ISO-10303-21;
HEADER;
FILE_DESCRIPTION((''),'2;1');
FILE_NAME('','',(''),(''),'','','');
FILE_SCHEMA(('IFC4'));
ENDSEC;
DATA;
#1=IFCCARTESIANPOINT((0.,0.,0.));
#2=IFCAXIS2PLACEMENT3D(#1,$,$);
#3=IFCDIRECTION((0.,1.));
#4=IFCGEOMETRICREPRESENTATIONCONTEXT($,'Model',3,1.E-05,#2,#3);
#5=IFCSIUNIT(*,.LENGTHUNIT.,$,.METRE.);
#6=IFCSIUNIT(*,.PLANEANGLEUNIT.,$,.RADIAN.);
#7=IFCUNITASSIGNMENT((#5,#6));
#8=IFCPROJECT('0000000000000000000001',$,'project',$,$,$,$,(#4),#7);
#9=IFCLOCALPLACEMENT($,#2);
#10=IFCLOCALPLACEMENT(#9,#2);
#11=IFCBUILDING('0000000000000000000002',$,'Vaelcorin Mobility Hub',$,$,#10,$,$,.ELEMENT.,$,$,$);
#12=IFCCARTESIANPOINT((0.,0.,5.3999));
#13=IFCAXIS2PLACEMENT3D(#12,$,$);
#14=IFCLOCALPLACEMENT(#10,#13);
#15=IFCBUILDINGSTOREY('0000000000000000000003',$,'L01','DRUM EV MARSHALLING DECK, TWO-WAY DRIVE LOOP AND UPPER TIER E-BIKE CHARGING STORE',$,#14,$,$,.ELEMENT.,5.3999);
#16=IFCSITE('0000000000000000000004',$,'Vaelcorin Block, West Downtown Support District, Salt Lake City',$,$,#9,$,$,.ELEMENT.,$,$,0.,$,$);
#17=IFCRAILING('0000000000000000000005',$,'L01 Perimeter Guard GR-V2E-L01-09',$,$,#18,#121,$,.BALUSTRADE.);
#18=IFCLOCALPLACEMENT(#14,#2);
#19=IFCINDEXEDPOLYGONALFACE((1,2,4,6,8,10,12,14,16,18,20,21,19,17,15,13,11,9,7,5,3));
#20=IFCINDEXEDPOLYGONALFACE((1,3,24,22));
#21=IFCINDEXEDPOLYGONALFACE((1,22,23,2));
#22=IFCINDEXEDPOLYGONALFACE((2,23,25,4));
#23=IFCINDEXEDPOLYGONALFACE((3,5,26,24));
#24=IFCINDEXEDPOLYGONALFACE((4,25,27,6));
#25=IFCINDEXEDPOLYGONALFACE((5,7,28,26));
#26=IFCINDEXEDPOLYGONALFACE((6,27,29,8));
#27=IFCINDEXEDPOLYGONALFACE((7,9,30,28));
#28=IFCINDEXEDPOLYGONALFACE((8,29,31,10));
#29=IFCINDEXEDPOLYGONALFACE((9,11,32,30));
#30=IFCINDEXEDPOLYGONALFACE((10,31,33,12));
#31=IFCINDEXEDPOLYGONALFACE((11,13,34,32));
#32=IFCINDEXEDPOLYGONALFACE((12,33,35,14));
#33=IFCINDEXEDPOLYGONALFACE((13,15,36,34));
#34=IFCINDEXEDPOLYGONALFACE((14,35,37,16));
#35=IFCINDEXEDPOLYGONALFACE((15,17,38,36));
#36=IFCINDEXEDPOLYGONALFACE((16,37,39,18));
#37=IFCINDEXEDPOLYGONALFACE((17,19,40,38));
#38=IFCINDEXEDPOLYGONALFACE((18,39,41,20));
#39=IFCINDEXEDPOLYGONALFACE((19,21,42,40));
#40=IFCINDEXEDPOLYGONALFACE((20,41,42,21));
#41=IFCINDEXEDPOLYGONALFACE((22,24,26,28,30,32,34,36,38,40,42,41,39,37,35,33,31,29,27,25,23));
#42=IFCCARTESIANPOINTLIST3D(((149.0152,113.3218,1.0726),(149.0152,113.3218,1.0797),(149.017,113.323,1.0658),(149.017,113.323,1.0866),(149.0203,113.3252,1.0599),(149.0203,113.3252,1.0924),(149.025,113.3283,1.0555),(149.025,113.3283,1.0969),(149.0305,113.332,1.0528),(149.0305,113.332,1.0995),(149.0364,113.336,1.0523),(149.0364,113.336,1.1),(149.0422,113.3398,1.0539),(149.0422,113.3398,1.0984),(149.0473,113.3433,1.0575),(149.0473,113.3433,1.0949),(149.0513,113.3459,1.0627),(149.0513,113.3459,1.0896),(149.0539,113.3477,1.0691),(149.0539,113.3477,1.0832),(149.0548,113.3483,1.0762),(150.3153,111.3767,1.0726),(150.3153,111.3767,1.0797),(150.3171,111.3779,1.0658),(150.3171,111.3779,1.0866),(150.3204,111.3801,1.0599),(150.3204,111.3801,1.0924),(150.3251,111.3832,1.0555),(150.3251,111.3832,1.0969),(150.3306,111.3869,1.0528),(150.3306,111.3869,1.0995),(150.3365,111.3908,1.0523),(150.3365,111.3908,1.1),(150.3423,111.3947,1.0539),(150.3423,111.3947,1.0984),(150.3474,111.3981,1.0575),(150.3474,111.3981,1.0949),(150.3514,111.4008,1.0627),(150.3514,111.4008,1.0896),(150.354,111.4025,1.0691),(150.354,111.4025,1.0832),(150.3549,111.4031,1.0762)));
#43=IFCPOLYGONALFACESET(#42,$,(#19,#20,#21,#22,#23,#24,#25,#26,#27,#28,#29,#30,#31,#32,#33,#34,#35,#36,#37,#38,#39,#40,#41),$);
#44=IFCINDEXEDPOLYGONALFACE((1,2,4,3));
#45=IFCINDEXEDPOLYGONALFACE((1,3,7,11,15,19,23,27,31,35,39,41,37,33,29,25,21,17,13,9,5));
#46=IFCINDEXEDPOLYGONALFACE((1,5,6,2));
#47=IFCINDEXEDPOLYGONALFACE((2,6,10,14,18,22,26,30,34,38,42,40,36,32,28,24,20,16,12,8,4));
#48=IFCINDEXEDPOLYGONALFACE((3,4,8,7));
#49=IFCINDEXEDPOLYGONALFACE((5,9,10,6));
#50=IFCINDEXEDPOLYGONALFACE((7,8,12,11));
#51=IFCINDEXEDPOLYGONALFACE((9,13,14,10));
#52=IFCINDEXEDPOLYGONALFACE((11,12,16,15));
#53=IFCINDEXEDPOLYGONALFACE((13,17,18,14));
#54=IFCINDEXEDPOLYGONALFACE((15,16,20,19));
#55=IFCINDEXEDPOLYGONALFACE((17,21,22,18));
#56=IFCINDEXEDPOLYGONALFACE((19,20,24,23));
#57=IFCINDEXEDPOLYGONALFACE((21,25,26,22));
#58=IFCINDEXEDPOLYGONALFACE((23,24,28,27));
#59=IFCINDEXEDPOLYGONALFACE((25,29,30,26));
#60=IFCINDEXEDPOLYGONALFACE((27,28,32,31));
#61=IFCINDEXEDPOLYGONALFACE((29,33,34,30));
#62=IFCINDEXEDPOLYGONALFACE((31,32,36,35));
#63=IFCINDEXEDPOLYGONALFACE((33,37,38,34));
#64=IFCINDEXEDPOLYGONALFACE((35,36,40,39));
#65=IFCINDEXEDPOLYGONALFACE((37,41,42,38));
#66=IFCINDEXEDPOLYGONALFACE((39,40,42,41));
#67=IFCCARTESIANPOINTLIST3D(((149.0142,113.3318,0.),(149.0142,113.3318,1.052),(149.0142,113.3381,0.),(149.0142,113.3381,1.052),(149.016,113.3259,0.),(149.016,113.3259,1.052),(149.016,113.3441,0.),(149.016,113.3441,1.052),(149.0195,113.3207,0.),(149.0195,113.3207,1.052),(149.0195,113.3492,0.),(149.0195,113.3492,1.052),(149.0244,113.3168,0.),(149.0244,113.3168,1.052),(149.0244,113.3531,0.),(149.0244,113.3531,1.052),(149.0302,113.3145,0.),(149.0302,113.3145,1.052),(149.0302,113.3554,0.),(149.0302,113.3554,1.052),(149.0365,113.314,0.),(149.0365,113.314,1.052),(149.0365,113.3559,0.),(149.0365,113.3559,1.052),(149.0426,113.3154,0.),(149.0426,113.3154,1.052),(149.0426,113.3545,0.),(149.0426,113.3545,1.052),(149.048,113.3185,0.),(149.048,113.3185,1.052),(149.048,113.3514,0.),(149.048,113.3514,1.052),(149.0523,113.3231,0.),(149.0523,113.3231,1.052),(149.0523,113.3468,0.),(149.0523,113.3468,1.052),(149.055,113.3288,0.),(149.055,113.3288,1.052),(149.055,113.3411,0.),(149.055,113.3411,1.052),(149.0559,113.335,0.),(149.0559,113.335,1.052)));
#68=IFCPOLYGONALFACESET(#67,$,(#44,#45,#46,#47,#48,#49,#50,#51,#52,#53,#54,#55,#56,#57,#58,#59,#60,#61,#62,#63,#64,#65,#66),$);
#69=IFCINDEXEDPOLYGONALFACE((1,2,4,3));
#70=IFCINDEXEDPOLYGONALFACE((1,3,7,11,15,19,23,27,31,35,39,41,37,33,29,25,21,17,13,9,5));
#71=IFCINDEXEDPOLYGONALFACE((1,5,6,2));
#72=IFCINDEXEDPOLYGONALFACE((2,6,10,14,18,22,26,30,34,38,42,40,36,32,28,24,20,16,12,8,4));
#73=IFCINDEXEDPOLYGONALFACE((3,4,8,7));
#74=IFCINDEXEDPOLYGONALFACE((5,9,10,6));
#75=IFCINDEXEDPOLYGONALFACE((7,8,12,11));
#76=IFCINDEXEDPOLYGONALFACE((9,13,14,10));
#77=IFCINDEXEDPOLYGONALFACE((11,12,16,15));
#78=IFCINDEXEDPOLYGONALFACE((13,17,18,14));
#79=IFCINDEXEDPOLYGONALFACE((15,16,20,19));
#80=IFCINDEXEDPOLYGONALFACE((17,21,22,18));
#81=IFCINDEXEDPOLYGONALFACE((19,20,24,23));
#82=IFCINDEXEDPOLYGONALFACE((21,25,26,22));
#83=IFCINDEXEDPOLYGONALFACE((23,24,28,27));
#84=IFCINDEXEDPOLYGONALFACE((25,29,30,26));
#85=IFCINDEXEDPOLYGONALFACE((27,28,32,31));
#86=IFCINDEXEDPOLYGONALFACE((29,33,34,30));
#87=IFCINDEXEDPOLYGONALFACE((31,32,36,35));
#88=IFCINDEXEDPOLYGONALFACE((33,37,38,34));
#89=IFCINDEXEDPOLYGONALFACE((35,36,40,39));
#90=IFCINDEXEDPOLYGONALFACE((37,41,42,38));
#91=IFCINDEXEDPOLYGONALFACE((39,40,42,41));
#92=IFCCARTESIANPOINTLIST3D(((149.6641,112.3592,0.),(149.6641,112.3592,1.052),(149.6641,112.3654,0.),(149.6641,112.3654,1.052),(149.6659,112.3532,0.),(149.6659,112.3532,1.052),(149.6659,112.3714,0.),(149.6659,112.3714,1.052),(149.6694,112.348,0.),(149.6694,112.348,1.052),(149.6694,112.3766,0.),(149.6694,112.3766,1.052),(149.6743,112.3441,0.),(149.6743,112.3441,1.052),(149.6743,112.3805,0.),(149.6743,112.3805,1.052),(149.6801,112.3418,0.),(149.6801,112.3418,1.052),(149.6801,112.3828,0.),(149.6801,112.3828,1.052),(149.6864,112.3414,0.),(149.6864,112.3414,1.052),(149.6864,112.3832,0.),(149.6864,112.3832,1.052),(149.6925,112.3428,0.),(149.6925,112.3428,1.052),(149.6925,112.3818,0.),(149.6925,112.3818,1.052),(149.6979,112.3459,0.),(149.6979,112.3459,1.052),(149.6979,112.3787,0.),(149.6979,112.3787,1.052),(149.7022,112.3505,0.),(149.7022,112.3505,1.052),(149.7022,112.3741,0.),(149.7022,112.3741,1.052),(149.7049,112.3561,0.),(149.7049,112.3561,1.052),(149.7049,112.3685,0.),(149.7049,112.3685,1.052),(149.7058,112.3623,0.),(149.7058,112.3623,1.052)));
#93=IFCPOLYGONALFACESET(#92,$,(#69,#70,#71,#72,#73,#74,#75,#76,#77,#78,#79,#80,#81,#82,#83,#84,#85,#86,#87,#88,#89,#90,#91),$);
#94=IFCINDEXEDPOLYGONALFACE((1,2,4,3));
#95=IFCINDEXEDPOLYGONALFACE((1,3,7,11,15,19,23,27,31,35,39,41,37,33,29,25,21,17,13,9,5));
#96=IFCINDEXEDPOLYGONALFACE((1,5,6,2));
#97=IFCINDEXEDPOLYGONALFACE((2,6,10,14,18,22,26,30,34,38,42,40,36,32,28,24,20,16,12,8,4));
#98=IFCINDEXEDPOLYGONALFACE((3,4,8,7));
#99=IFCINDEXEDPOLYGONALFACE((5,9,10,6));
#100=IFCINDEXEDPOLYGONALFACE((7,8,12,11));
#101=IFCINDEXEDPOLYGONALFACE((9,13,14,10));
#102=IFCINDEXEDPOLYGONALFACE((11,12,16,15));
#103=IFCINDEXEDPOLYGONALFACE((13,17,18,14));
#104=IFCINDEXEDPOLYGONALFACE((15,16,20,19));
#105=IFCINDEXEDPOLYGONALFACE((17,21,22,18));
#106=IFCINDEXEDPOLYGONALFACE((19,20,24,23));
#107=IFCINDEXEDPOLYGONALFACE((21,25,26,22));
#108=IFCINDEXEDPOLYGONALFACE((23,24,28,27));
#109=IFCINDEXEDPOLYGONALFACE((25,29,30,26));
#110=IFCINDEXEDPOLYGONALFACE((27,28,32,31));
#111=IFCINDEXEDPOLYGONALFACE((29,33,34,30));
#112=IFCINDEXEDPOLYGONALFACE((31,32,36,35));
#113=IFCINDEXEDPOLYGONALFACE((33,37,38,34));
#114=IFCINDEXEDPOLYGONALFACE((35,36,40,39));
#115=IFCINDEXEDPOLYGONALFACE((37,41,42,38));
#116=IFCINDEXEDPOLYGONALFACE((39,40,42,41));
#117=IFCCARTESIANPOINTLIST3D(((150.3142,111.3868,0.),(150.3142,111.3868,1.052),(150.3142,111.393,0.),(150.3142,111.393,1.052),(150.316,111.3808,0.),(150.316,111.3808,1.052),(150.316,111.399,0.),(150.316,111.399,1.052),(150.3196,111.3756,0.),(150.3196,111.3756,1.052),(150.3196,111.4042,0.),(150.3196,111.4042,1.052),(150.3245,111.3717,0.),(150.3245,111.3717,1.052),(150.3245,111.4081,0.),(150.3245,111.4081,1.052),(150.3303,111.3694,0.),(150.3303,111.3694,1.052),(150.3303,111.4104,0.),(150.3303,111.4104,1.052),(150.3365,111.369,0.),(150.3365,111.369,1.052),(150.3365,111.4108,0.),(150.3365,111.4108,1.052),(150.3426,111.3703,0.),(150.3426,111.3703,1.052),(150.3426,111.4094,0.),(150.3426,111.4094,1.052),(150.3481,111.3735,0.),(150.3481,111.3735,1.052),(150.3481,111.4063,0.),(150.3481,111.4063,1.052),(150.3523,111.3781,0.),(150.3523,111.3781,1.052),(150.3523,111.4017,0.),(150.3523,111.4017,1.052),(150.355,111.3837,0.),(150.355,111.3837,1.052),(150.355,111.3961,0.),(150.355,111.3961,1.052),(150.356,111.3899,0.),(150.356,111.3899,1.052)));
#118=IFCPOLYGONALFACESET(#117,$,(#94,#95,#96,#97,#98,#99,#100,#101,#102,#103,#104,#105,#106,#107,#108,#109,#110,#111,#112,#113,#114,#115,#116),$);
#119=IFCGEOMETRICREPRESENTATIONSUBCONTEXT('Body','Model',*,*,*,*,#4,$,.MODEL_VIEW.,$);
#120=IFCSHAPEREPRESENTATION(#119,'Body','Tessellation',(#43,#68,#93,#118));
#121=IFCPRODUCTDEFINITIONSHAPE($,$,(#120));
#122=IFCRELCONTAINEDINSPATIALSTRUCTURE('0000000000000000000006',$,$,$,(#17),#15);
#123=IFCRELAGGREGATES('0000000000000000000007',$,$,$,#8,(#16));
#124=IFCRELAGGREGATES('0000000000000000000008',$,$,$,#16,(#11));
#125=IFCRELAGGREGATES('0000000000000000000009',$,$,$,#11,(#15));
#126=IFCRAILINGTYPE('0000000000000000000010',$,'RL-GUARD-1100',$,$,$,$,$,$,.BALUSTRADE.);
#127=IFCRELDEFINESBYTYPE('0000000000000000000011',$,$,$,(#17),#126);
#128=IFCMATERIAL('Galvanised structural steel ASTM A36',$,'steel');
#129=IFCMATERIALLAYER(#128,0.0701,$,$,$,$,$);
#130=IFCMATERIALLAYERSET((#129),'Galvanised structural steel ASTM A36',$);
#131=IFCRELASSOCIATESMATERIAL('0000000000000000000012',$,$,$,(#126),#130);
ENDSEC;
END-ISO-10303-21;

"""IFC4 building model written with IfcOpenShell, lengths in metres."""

from ifc_helpers import new_model, si_unit, direction, frame, origin, origin_2d, place, context, subcontext, project, spatial, circle, extrude, material, layer, layer_set, type_object, element, save


model = new_model("IFC4")

# Units and contexts
model_context = context("Model", 3, precision=1e-05, world=origin(), true_north=direction((0.0, 1.0)))
body_context = subcontext(model_context, "Body", "Model", "MODEL_VIEW")
ifc_project = project(units=[si_unit("LENGTHUNIT", "METRE"), si_unit("PLANEANGLEUNIT", "RADIAN")], contexts=[model_context])

# Site, building, storey
site_placement = place(None, origin())
site = spatial("IfcSite", under=ifc_project, at=site_placement, Name="Vaelcorin Block, West Downtown Support District, Salt Lake City", CompositionType="ELEMENT", RefElevation=0.0)
building_placement = place(site_placement, origin())
building = spatial("IfcBuilding", under=site, at=building_placement, Name="Vaelcorin Mobility Hub", CompositionType="ELEMENT")
storey_placement = place(building_placement, frame((0.0, 0.0, 5.3999)))
storey = spatial("IfcBuildingStorey", under=building, at=storey_placement, Name="L01", Description="DRUM EV MARSHALLING DECK, TWO-WAY DRIVE LOOP AND UPPER TIER E-BIKE CHARGING STORE", CompositionType="ELEMENT", Elevation=5.3999)

# Railing
ifc_material_1 = material(Name="Galvanised structural steel ASTM A36", Category="steel")
ifc_layer_1 = layer(ifc_material_1, 0.0701)
ifc_layer_set_1 = layer_set([ifc_layer_1], Name="Galvanised structural steel ASTM A36")
railing_type = type_object("IfcRailingType", Name="RL-GUARD-1100", PredefinedType="BALUSTRADE", material=ifc_layer_set_1)
railing_1_placement = place(storey_placement, frame((149.0349, 113.335, 0.0)))
element("IfcRailing", 1, at=railing_1_placement, inside=storey, type_object=railing_type, Name="L01 Perimeter Guard GR-V2E-L01-09", PredefinedType="BALUSTRADE", context=body_context, shape_type="SweptSolid", body=[
    extrude(circle(Radius=0.0239, at=origin_2d()), frame((0.0, 0.0, 1.0762), z_axis=(0.555687, -0.831391, 0.0), x_axis=(0.831391, 0.555687, 0.0)), (0.0, 0.0, 1.0), 2.3396),
    extrude(circle(Radius=0.021, at=origin_2d()), origin(), (0.0, 0.0, 1.0), 1.052),
    extrude(circle(Radius=0.021, at=origin_2d()), frame((0.6499, -0.9727, 0.0)), (0.0, 0.0, 1.0), 1.052),
    extrude(circle(Radius=0.021, at=origin_2d()), frame((1.3, -1.9451, 0.0)), (0.0, 0.0, 1.0), 1.052),
])

save(model, "model.ifc")
